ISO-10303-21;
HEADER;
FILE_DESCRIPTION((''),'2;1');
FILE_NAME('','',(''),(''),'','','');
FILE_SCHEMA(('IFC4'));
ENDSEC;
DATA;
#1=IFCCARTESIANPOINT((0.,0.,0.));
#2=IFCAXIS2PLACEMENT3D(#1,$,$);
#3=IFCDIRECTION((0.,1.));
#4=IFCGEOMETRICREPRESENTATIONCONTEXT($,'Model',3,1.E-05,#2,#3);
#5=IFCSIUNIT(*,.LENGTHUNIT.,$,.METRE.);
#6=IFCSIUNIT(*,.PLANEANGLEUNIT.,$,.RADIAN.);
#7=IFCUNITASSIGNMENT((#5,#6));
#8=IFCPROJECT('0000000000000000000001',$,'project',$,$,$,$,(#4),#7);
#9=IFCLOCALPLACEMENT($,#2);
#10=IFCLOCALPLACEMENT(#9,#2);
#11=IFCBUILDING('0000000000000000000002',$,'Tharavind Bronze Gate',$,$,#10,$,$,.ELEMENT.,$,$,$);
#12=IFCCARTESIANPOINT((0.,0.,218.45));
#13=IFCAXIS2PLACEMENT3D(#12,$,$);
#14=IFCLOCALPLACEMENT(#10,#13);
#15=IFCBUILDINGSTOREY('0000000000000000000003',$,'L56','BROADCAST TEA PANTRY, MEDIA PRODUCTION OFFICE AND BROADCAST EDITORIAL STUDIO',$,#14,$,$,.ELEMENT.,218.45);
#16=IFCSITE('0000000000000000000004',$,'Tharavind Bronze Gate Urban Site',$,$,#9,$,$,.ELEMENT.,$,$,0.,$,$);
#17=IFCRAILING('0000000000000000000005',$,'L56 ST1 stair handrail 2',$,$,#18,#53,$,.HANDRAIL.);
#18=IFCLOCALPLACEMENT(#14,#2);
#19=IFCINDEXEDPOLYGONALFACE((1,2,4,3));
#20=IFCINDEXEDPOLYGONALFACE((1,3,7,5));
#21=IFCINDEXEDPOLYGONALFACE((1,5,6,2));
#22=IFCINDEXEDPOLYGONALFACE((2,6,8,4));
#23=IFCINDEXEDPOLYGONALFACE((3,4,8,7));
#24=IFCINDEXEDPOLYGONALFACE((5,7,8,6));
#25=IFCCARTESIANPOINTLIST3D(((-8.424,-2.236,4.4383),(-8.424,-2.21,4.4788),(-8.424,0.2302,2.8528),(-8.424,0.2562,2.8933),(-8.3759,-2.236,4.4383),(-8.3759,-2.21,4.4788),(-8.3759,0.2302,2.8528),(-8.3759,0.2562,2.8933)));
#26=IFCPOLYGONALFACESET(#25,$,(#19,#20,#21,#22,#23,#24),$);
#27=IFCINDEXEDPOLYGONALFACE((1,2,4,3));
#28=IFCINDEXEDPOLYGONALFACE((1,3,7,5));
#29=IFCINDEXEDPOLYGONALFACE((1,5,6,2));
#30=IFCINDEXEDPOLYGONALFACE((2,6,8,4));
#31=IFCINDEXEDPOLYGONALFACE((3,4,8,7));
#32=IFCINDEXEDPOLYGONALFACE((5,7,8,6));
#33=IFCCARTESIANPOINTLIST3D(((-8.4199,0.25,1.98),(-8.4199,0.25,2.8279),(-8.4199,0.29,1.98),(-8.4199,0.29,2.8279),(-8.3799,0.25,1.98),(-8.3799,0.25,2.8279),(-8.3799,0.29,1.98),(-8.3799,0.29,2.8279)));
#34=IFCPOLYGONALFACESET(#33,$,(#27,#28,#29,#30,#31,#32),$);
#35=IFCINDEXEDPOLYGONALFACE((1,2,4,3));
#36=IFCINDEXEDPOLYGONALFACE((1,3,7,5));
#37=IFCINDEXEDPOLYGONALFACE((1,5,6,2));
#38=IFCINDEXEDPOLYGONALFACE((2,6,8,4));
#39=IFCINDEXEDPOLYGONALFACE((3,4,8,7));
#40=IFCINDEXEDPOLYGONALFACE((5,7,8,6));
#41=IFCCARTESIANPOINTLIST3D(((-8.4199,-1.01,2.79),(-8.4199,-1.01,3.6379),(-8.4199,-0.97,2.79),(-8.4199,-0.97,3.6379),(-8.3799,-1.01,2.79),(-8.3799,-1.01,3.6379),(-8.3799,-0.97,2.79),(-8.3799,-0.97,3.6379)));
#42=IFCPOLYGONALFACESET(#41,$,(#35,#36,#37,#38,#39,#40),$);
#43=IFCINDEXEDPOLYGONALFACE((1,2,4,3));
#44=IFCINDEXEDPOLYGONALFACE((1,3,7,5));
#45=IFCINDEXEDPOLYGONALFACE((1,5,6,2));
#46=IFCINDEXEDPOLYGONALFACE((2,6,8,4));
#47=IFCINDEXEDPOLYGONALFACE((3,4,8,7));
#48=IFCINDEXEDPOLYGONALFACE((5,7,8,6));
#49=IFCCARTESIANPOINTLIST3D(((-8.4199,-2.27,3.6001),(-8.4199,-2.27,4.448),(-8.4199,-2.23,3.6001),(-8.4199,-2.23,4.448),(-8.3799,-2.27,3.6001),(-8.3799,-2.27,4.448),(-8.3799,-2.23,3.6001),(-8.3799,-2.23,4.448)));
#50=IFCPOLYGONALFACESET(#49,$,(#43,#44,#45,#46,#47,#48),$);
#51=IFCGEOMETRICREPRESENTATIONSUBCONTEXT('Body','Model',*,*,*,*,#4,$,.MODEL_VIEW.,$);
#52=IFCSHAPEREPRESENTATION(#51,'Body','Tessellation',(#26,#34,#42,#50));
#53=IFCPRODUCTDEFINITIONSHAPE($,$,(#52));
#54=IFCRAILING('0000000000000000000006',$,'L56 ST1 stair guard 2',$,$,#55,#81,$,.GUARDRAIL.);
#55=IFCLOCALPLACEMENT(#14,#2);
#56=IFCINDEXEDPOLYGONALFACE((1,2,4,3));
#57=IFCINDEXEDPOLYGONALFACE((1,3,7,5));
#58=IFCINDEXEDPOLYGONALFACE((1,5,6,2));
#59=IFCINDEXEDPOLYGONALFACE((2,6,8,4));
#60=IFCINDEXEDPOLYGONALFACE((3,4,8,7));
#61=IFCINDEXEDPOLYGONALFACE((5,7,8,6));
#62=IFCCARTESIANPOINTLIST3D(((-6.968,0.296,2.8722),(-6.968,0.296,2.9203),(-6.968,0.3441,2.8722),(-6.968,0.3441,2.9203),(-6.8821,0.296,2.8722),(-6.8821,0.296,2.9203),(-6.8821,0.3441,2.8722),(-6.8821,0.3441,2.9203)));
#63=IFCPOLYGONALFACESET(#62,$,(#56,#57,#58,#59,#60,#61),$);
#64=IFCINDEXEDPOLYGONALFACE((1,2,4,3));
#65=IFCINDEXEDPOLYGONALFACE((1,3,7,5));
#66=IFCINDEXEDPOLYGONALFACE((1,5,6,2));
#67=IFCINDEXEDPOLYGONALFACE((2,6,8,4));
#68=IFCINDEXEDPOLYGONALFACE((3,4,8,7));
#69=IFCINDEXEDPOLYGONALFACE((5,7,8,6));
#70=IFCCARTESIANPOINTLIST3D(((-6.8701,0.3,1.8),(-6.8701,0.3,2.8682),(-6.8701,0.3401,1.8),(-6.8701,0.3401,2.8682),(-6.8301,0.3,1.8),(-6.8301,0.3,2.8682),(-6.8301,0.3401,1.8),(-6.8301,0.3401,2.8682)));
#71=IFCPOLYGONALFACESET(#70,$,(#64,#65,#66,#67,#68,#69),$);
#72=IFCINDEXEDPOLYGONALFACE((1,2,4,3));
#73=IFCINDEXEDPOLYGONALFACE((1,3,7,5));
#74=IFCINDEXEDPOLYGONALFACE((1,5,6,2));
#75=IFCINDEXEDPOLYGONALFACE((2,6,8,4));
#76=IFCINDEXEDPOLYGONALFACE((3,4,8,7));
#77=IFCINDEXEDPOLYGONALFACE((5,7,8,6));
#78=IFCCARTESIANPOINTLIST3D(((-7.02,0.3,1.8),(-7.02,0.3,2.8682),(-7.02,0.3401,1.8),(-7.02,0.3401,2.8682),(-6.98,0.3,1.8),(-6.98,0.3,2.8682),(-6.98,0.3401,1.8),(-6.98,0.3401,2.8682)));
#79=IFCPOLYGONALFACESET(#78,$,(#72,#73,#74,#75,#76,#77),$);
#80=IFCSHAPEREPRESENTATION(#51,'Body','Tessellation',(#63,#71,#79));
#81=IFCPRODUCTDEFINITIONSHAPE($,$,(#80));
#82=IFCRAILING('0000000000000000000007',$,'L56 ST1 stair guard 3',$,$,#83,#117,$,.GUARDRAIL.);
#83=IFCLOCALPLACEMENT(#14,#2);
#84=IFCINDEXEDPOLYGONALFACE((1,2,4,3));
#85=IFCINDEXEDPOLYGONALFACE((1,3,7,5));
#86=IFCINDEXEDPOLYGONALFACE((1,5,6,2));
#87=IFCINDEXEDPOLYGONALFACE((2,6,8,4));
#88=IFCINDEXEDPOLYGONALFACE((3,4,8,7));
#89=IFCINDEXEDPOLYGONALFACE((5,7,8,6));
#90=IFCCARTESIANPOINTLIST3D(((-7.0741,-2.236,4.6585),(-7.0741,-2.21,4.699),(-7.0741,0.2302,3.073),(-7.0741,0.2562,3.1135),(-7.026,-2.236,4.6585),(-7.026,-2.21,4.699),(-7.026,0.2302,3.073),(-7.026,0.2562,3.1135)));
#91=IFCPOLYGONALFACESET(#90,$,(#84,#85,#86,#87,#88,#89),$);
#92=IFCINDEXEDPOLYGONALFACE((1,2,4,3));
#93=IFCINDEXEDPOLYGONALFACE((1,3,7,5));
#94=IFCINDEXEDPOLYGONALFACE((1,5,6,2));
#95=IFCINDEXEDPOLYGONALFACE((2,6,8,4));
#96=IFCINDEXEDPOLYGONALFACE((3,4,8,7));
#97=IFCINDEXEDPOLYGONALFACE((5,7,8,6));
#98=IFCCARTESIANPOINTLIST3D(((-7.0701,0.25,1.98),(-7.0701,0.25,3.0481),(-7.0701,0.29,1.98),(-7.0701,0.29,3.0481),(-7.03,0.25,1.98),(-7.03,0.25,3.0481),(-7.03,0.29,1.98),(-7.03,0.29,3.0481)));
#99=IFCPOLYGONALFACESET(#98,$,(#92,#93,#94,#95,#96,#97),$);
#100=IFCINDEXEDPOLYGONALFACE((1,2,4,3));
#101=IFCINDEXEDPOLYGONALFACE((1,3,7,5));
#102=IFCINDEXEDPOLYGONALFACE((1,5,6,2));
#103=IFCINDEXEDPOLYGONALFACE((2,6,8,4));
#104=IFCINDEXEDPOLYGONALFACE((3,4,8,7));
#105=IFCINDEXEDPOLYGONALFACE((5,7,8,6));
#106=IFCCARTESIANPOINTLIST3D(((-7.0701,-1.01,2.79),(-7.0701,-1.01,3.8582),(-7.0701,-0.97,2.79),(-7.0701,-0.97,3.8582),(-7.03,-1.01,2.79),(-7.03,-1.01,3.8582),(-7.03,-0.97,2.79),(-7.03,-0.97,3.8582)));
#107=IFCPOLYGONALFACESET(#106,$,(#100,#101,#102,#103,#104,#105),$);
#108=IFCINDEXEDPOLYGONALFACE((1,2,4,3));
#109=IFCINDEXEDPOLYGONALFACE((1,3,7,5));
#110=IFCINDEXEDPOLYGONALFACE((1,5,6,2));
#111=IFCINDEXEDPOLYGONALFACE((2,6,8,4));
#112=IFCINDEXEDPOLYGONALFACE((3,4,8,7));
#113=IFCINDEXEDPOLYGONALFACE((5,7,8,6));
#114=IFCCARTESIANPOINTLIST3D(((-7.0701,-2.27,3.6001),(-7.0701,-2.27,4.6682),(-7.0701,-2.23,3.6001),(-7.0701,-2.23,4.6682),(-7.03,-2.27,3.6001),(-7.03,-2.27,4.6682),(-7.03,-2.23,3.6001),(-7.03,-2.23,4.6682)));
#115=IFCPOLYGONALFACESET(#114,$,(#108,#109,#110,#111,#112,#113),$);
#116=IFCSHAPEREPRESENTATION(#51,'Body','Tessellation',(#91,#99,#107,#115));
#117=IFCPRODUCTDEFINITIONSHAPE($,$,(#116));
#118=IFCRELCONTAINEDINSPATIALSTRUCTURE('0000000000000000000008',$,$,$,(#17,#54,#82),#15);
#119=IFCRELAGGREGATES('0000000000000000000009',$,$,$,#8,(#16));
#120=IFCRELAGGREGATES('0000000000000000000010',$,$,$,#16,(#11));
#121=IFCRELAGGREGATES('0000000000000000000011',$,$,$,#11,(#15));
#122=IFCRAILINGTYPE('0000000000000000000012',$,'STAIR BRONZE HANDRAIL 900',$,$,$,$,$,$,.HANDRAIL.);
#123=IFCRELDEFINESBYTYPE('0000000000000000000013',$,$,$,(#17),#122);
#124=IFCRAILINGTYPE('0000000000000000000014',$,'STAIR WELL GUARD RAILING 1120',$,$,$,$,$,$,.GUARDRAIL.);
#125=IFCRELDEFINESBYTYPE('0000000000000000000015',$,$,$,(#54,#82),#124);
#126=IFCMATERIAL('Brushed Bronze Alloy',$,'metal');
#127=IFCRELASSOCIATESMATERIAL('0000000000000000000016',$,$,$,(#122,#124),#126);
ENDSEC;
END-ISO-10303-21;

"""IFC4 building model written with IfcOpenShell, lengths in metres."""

from ifc_helpers import new_model, si_unit, direction, frame, origin, origin_2d, place, context, subcontext, project, spatial, rectangle, extrude, material, type_object, element, save


model = new_model("IFC4")

# Units and contexts
model_context = context("Model", 3, precision=1e-05, world=origin(), true_north=direction((0.0, 1.0)))
body_context = subcontext(model_context, "Body", "Model", "MODEL_VIEW")
ifc_project = project(units=[si_unit("LENGTHUNIT", "METRE"), si_unit("PLANEANGLEUNIT", "RADIAN")], contexts=[model_context])

# Site, building, storey
site_placement = place(None, origin())
site = spatial("IfcSite", under=ifc_project, at=site_placement, Name="Tharavind Bronze Gate Urban Site", CompositionType="ELEMENT", RefElevation=0.0)
building_placement = place(site_placement, origin())
building = spatial("IfcBuilding", under=site, at=building_placement, Name="Tharavind Bronze Gate", CompositionType="ELEMENT")
storey_placement = place(building_placement, frame((0.0, 0.0, 218.45)))
storey = spatial("IfcBuildingStorey", under=building, at=storey_placement, Name="L56", Description="BROADCAST TEA PANTRY, MEDIA PRODUCTION OFFICE AND BROADCAST EDITORIAL STUDIO", CompositionType="ELEMENT", Elevation=218.45)

# Railings
ifc_material_1 = material(Name="Brushed Bronze Alloy", Category="metal")
railing_type_1 = type_object("IfcRailingType", Name="STAIR BRONZE HANDRAIL 900", PredefinedType="HANDRAIL", material=ifc_material_1)
railing_1_placement = place(storey_placement, frame((-8.3999, 0.27, 1.98)))
element("IfcRailing", 1, at=railing_1_placement, inside=storey, type_object=railing_type_1, Name="L56 ST1 stair handrail 2", PredefinedType="HANDRAIL", context=body_context, shape_type="SweptSolid", body=[
    extrude(rectangle(XDim=0.0481, YDim=0.0481, at=origin_2d()), frame((0.0, -0.0269, 0.8931), z_axis=(0.0, -0.841163, 0.540782), x_axis=(1.0, 0.0, 0.0)), (0.0, 0.0, 1.0), 2.9319),
    extrude(rectangle(XDim=0.04, YDim=0.04, at=origin_2d()), origin(), (0.0, 0.0, 1.0), 0.8479),
    extrude(rectangle(XDim=0.04, YDim=0.04, at=origin_2d()), frame((0.0, -1.26, 0.8101)), (0.0, 0.0, 1.0), 0.8479),
    extrude(rectangle(XDim=0.04, YDim=0.04, at=origin_2d()), frame((0.0, -2.52, 1.6201)), (0.0, 0.0, 1.0), 0.8479),
])
railing_type_2 = type_object("IfcRailingType", Name="STAIR WELL GUARD RAILING 1120", PredefinedType="GUARDRAIL", material=ifc_material_1)
railing_2_placement = place(storey_placement, frame((-6.8501, 0.3201, 1.8)))
element("IfcRailing", 2, at=railing_2_placement, inside=storey, type_object=railing_type_2, Name="L56 ST1 stair guard 2", PredefinedType="GUARDRAIL", context=body_context, shape_type="SweptSolid", body=[
    extrude(rectangle(XDim=0.0481, YDim=0.0481, at=origin_2d()), frame((-0.032, 0.0, 1.0962), z_axis=(-1.0, 0.0, 0.0), x_axis=(0.0, -1.0, 0.0)), (0.0, 0.0, 1.0), 0.0859),
    extrude(rectangle(XDim=0.04, YDim=0.04, at=origin_2d()), origin(), (0.0, 0.0, 1.0), 1.0681),
    extrude(rectangle(XDim=0.04, YDim=0.04, at=origin_2d()), frame((-0.1499, 0.0, 0.0)), (0.0, 0.0, 1.0), 1.0681),
])
railing_3_placement = place(storey_placement, frame((-7.05, 0.27, 1.98)))
element("IfcRailing", 3, at=railing_3_placement, inside=storey, type_object=railing_type_2, Name="L56 ST1 stair guard 3", PredefinedType="GUARDRAIL", context=body_context, shape_type="SweptSolid", body=[
    extrude(rectangle(XDim=0.0481, YDim=0.0481, at=origin_2d()), frame((0.0, -0.0269, 1.1133), z_axis=(0.0, -0.841163, 0.540782), x_axis=(1.0, 0.0, 0.0)), (0.0, 0.0, 1.0), 2.9319),
    extrude(rectangle(XDim=0.04, YDim=0.04, at=origin_2d()), origin(), (0.0, 0.0, 1.0), 1.0681),
    extrude(rectangle(XDim=0.04, YDim=0.04, at=origin_2d()), frame((0.0, -1.26, 0.8101)), (0.0, 0.0, 1.0), 1.0681),
    extrude(rectangle(XDim=0.04, YDim=0.04, at=origin_2d()), frame((0.0, -2.52, 1.6201)), (0.0, 0.0, 1.0), 1.0681),
])

save(model, "model.ifc")
